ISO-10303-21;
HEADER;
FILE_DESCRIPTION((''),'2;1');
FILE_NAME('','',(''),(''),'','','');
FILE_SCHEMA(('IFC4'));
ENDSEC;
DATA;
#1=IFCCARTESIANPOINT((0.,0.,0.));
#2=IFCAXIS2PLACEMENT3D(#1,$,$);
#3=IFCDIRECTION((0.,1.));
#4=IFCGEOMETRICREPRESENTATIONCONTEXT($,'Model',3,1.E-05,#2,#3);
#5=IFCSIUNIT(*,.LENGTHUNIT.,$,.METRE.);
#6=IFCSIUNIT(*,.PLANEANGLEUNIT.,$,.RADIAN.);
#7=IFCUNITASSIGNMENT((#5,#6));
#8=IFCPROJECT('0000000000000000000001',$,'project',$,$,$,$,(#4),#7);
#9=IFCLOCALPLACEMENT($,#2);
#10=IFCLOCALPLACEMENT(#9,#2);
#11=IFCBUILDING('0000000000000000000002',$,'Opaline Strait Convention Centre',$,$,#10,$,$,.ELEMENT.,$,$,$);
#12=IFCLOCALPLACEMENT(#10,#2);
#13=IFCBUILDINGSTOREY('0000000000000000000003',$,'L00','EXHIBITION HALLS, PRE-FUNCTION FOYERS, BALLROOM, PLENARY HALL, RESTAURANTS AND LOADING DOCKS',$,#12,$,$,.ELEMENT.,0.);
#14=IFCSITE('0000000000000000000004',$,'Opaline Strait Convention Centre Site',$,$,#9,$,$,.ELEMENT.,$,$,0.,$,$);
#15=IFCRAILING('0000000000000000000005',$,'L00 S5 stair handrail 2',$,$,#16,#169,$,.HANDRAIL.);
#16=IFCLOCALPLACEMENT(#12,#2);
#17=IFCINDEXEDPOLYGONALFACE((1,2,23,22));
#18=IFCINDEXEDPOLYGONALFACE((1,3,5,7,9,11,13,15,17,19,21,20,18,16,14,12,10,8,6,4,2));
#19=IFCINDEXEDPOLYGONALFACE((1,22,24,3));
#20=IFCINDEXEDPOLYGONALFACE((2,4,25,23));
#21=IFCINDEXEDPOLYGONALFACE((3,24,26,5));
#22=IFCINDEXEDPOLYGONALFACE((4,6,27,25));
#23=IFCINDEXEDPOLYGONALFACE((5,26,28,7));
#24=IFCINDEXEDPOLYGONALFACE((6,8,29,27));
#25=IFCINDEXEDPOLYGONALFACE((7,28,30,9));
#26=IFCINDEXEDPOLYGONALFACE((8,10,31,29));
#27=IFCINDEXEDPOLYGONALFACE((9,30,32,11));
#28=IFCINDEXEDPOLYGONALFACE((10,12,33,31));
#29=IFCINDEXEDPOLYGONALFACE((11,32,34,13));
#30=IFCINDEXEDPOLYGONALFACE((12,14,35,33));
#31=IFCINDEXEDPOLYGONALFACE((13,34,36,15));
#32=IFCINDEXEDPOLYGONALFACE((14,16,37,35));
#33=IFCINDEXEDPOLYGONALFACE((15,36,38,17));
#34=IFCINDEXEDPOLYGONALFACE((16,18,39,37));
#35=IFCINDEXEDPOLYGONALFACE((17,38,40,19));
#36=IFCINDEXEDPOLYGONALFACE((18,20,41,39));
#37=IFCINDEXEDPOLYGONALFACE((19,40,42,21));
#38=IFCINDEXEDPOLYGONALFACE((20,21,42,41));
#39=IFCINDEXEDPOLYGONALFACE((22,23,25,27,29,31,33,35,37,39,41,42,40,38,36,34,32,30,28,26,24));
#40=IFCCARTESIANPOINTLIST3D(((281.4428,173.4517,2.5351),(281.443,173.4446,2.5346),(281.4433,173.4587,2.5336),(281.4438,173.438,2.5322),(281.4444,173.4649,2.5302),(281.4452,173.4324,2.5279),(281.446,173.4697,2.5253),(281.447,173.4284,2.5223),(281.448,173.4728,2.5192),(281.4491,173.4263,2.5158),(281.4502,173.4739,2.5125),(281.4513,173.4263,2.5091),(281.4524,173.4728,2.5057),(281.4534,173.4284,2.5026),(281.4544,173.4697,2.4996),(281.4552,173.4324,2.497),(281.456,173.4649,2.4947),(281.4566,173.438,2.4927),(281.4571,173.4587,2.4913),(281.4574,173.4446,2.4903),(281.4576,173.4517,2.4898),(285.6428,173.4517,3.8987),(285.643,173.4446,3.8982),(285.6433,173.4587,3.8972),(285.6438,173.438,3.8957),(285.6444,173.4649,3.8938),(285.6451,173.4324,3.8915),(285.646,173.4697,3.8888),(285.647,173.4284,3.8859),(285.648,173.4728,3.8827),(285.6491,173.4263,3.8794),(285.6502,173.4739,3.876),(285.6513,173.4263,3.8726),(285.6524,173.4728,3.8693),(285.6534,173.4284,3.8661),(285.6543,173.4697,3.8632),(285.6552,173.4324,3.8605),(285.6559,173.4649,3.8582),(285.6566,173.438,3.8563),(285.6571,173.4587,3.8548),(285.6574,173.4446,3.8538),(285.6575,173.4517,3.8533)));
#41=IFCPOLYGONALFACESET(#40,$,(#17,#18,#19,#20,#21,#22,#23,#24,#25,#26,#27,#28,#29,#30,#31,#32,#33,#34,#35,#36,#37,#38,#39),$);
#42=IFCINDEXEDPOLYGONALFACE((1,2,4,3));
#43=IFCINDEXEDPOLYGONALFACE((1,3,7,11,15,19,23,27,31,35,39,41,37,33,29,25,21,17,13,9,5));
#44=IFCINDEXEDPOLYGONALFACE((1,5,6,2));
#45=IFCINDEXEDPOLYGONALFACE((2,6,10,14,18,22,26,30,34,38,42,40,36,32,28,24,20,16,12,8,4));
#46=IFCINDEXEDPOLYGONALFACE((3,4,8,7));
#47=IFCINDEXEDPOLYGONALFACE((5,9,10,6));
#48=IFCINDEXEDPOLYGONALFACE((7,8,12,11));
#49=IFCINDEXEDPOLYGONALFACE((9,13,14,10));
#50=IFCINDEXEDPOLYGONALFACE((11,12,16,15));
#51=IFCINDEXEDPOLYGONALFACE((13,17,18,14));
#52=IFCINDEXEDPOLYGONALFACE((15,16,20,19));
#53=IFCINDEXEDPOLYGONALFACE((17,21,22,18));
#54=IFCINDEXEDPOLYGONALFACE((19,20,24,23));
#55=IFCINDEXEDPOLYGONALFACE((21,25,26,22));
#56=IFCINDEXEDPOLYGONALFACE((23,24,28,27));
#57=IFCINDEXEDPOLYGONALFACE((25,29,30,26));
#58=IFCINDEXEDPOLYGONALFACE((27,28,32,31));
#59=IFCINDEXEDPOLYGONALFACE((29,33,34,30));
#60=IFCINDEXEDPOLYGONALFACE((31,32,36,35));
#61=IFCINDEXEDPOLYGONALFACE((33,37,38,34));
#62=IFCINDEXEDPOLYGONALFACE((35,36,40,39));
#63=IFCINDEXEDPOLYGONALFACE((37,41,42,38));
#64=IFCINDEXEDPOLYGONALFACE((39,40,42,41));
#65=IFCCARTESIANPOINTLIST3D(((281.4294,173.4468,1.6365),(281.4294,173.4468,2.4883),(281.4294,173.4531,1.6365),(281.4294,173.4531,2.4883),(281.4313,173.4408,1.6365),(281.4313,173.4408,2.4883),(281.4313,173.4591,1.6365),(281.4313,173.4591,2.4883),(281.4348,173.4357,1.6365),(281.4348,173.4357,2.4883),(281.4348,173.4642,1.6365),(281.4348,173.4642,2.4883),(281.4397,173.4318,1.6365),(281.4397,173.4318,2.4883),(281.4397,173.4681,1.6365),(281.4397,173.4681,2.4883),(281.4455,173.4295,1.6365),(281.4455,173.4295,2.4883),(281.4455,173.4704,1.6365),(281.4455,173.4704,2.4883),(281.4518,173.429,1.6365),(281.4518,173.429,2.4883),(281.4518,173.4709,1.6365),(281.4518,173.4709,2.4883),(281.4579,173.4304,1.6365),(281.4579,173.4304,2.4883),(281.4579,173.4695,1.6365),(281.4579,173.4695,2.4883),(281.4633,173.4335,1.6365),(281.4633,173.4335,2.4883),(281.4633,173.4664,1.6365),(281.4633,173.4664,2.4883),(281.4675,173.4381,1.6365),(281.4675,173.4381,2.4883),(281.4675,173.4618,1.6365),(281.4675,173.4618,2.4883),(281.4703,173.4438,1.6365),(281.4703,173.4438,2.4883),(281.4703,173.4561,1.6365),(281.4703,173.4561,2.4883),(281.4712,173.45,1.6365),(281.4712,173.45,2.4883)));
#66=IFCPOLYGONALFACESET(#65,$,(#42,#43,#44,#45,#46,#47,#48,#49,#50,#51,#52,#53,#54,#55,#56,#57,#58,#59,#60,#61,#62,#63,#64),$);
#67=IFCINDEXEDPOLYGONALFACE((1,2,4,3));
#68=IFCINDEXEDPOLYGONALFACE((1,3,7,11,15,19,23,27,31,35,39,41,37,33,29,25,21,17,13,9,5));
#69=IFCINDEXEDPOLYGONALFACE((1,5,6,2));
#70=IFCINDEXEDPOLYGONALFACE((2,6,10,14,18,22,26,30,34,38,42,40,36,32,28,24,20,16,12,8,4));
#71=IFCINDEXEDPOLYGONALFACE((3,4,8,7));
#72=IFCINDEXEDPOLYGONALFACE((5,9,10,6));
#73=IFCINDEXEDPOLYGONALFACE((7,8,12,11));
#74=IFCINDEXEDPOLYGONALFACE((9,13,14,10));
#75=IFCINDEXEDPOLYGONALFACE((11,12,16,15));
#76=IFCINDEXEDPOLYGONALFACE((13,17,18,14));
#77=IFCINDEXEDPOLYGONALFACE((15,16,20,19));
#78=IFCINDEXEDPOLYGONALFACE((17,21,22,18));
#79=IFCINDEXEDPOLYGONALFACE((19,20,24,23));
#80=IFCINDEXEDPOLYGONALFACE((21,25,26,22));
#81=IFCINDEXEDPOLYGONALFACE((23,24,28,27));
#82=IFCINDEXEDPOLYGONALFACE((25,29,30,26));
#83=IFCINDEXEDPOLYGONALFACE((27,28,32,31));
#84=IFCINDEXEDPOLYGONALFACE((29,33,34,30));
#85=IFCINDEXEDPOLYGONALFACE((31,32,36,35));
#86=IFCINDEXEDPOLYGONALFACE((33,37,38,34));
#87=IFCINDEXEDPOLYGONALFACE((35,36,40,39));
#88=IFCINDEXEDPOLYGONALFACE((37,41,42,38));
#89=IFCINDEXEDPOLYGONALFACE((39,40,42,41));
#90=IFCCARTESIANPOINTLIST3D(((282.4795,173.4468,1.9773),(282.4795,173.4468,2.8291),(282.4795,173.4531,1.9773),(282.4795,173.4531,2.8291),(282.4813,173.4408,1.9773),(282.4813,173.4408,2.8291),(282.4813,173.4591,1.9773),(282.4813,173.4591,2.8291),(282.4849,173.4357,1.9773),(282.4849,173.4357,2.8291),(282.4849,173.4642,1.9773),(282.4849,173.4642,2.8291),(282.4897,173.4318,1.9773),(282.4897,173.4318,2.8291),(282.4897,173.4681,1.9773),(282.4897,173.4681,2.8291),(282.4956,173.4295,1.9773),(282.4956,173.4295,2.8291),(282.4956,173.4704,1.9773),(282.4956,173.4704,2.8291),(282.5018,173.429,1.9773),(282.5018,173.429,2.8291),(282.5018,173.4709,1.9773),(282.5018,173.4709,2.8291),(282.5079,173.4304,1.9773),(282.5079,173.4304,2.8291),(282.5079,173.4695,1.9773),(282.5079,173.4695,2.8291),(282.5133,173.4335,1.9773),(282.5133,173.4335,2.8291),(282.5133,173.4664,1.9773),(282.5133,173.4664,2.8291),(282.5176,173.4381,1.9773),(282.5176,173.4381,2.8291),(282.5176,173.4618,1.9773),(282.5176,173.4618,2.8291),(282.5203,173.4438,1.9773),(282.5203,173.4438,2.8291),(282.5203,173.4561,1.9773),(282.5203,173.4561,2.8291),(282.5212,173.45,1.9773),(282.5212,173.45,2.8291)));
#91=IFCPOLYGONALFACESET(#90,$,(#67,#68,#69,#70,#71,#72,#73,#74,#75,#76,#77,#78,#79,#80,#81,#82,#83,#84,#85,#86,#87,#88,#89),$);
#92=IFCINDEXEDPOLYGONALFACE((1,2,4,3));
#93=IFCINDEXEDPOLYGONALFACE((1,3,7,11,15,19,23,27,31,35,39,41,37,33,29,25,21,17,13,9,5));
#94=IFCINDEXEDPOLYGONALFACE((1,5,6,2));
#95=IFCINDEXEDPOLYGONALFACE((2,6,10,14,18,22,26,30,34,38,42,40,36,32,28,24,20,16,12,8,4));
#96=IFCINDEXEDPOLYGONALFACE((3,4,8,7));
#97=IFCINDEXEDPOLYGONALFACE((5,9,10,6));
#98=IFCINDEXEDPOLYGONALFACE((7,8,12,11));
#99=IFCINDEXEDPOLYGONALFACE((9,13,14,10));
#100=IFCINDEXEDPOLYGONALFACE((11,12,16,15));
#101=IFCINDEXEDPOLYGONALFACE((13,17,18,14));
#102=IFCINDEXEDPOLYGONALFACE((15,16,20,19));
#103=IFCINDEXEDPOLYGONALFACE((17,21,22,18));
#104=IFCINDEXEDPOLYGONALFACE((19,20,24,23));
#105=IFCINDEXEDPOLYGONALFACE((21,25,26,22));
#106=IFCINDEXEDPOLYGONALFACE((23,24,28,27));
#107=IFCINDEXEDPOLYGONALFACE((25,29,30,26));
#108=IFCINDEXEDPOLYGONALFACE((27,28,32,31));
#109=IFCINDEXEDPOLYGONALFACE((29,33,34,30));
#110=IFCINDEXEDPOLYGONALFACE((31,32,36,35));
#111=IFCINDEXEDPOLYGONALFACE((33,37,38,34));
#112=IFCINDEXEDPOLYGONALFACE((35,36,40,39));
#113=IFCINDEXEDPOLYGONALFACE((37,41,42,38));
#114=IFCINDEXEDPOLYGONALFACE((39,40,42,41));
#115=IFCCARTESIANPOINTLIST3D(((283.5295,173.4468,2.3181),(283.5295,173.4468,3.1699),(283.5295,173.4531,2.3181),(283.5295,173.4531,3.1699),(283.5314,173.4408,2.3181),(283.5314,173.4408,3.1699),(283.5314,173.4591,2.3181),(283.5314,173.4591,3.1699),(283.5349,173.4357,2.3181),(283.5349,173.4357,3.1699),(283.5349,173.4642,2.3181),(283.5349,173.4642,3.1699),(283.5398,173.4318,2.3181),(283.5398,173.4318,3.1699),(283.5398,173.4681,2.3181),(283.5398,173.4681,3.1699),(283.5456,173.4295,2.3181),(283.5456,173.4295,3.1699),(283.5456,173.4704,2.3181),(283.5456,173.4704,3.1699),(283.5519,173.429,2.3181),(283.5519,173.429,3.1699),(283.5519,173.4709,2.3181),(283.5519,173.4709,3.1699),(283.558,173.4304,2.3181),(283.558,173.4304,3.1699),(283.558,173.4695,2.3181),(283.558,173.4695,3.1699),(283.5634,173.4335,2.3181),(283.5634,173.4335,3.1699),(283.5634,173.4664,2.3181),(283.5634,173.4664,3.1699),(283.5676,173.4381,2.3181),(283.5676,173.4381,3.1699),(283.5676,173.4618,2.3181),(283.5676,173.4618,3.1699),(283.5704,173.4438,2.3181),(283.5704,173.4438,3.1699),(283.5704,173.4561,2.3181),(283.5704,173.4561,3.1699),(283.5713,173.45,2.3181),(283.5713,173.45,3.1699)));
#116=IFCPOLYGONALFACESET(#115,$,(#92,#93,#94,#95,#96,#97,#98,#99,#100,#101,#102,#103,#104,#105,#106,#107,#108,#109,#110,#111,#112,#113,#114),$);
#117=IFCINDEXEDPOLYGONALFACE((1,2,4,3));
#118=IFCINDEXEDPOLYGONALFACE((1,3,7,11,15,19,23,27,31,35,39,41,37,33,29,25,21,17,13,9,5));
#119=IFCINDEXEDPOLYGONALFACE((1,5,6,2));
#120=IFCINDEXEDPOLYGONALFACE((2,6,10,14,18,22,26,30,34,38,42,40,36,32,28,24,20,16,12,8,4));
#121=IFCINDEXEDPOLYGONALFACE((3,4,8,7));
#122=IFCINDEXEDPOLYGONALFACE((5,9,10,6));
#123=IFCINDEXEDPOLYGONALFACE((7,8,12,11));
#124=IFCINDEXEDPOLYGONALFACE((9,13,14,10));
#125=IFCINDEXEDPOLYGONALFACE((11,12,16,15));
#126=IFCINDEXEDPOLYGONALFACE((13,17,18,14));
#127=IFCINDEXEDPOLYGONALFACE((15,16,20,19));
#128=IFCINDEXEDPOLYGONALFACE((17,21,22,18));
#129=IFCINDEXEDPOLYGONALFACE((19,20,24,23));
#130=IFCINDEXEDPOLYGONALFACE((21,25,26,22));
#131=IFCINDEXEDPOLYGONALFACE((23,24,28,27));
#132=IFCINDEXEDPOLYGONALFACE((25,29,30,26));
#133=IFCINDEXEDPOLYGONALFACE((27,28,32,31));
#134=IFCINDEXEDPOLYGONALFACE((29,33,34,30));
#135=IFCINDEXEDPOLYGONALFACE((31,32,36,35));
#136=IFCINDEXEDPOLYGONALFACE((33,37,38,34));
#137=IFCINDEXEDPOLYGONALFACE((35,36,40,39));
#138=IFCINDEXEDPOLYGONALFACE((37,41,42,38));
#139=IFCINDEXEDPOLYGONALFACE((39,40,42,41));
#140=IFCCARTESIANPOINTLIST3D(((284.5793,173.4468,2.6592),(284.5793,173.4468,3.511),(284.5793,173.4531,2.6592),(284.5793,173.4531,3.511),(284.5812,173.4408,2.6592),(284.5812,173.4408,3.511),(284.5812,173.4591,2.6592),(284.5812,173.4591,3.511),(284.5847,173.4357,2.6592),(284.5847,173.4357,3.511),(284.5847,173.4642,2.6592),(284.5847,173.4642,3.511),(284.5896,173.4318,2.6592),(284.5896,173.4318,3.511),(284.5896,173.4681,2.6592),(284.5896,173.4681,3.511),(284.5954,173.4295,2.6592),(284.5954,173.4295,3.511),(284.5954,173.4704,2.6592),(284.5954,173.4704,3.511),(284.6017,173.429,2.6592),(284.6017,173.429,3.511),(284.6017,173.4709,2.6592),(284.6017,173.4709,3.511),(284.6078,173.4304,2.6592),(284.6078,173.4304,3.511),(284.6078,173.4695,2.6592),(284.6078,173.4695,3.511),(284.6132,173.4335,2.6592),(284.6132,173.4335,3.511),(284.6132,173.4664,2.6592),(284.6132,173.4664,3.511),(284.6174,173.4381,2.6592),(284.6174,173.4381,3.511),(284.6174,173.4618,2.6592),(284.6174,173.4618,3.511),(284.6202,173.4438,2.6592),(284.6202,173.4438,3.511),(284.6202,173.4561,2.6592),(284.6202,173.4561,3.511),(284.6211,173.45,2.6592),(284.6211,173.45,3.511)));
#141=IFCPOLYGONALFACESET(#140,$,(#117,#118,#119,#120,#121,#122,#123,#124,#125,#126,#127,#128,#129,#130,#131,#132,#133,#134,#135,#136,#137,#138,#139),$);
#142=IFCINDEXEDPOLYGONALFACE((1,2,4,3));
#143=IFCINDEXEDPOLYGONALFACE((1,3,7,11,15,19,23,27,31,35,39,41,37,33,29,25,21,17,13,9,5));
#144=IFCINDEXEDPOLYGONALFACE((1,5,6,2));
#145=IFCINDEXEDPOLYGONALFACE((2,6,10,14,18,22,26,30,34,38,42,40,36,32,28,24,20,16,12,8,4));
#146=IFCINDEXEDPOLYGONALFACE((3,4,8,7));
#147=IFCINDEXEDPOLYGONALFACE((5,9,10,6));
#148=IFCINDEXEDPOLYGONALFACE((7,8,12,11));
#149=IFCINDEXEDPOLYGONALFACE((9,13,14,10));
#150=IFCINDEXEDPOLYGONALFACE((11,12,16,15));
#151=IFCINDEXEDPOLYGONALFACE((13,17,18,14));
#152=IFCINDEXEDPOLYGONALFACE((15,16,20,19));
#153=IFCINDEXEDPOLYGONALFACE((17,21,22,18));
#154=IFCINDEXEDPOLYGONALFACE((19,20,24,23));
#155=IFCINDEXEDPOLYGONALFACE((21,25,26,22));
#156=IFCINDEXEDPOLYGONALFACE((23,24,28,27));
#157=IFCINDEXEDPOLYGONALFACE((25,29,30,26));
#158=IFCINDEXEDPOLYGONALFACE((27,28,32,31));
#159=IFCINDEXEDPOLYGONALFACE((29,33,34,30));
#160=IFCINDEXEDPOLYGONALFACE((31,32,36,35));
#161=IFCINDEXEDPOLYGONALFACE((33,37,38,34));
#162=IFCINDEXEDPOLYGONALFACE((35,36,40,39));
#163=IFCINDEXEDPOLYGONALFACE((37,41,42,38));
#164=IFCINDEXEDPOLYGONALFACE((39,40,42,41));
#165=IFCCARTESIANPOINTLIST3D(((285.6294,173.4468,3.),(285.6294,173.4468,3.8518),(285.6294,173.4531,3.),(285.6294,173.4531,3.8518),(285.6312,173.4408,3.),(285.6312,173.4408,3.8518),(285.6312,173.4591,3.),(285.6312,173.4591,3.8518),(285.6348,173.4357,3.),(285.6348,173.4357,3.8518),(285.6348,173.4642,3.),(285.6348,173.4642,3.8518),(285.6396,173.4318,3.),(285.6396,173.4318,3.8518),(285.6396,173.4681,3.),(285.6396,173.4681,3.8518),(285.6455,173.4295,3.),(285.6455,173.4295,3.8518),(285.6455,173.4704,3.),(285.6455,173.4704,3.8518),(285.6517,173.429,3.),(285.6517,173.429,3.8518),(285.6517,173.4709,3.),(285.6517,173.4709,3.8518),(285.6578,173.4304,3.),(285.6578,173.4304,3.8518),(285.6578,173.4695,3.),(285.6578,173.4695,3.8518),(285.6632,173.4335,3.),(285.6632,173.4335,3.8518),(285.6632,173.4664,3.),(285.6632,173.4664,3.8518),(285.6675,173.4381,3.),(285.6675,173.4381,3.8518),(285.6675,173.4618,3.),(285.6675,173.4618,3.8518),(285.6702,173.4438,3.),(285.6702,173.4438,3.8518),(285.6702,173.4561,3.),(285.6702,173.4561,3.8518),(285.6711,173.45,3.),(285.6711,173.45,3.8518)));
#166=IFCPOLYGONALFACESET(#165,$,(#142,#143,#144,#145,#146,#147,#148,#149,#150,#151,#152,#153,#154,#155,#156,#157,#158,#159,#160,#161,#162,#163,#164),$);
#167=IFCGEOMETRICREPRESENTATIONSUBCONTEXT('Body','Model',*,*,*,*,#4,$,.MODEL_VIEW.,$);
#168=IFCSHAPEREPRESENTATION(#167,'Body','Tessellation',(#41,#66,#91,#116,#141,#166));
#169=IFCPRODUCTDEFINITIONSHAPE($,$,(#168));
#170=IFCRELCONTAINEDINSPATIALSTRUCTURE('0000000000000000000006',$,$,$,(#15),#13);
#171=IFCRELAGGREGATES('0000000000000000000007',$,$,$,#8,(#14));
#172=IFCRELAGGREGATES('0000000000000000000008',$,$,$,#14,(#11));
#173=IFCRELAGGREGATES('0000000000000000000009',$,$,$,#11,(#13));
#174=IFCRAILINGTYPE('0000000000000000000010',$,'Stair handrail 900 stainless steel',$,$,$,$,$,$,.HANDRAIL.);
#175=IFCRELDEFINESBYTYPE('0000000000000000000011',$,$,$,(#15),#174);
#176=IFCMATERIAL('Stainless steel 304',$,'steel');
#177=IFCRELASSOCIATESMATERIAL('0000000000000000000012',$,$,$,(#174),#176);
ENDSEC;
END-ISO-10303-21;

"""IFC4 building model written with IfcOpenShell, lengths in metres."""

from ifc_helpers import new_model, si_unit, direction, frame, origin, origin_2d, place, context, subcontext, project, spatial, circle, extrude, material, type_object, element, save


model = new_model("IFC4")

# Units and contexts
model_context = context("Model", 3, precision=1e-05, world=origin(), true_north=direction((0.0, 1.0)))
body_context = subcontext(model_context, "Body", "Model", "MODEL_VIEW")
ifc_project = project(units=[si_unit("LENGTHUNIT", "METRE"), si_unit("PLANEANGLEUNIT", "RADIAN")], contexts=[model_context])

# Site, building, storey
site_placement = place(None, origin())
site = spatial("IfcSite", under=ifc_project, at=site_placement, Name="Opaline Strait Convention Centre Site", CompositionType="ELEMENT", RefElevation=0.0)
building_placement = place(site_placement, origin())
building = spatial("IfcBuilding", under=site, at=building_placement, Name="Opaline Strait Convention Centre", CompositionType="ELEMENT")
storey_placement = place(building_placement, origin())
storey = spatial("IfcBuildingStorey", under=building, at=storey_placement, Name="L00", Description="EXHIBITION HALLS, PRE-FUNCTION FOYERS, BALLROOM, PLENARY HALL, RESTAURANTS AND LOADING DOCKS", CompositionType="ELEMENT", Elevation=0.0)

# Railing
ifc_material_1 = material(Name="Stainless steel 304", Category="steel")
railing_type_1 = type_object("IfcRailingType", Name="Stair handrail 900 stainless steel", PredefinedType="HANDRAIL", material=ifc_material_1)
railing_1_placement = place(storey_placement, frame((281.4502, 173.45, 1.6365)))
element("IfcRailing", 1, at=railing_1_placement, inside=storey, type_object=railing_type_1, Name="L00 S5 stair handrail 2", PredefinedType="HANDRAIL", context=body_context, shape_type="SweptSolid", body=[
    extrude(circle(Radius=0.0239, at=origin_2d()), frame((0.0, 0.0, 0.876), z_axis=(0.951131, 0.0, 0.308787), x_axis=(0.0, 1.0, 0.0)), (0.0, 0.0, 1.0), 4.4158),
    extrude(circle(Radius=0.021, at=origin_2d()), origin(), (0.0, 0.0, 1.0), 0.8518),
    extrude(circle(Radius=0.021, at=origin_2d()), frame((1.05, 0.0, 0.3408)), (0.0, 0.0, 1.0), 0.8518),
    extrude(circle(Radius=0.021, at=origin_2d()), frame((2.1001, 0.0, 0.6816)), (0.0, 0.0, 1.0), 0.8518),
    extrude(circle(Radius=0.021, at=origin_2d()), frame((3.1499, 0.0, 1.0227)), (0.0, 0.0, 1.0), 0.8518),
    extrude(circle(Radius=0.021, at=origin_2d()), frame((4.2, 0.0, 1.3635)), (0.0, 0.0, 1.0), 0.8518),
])

save(model, "model.ifc")
